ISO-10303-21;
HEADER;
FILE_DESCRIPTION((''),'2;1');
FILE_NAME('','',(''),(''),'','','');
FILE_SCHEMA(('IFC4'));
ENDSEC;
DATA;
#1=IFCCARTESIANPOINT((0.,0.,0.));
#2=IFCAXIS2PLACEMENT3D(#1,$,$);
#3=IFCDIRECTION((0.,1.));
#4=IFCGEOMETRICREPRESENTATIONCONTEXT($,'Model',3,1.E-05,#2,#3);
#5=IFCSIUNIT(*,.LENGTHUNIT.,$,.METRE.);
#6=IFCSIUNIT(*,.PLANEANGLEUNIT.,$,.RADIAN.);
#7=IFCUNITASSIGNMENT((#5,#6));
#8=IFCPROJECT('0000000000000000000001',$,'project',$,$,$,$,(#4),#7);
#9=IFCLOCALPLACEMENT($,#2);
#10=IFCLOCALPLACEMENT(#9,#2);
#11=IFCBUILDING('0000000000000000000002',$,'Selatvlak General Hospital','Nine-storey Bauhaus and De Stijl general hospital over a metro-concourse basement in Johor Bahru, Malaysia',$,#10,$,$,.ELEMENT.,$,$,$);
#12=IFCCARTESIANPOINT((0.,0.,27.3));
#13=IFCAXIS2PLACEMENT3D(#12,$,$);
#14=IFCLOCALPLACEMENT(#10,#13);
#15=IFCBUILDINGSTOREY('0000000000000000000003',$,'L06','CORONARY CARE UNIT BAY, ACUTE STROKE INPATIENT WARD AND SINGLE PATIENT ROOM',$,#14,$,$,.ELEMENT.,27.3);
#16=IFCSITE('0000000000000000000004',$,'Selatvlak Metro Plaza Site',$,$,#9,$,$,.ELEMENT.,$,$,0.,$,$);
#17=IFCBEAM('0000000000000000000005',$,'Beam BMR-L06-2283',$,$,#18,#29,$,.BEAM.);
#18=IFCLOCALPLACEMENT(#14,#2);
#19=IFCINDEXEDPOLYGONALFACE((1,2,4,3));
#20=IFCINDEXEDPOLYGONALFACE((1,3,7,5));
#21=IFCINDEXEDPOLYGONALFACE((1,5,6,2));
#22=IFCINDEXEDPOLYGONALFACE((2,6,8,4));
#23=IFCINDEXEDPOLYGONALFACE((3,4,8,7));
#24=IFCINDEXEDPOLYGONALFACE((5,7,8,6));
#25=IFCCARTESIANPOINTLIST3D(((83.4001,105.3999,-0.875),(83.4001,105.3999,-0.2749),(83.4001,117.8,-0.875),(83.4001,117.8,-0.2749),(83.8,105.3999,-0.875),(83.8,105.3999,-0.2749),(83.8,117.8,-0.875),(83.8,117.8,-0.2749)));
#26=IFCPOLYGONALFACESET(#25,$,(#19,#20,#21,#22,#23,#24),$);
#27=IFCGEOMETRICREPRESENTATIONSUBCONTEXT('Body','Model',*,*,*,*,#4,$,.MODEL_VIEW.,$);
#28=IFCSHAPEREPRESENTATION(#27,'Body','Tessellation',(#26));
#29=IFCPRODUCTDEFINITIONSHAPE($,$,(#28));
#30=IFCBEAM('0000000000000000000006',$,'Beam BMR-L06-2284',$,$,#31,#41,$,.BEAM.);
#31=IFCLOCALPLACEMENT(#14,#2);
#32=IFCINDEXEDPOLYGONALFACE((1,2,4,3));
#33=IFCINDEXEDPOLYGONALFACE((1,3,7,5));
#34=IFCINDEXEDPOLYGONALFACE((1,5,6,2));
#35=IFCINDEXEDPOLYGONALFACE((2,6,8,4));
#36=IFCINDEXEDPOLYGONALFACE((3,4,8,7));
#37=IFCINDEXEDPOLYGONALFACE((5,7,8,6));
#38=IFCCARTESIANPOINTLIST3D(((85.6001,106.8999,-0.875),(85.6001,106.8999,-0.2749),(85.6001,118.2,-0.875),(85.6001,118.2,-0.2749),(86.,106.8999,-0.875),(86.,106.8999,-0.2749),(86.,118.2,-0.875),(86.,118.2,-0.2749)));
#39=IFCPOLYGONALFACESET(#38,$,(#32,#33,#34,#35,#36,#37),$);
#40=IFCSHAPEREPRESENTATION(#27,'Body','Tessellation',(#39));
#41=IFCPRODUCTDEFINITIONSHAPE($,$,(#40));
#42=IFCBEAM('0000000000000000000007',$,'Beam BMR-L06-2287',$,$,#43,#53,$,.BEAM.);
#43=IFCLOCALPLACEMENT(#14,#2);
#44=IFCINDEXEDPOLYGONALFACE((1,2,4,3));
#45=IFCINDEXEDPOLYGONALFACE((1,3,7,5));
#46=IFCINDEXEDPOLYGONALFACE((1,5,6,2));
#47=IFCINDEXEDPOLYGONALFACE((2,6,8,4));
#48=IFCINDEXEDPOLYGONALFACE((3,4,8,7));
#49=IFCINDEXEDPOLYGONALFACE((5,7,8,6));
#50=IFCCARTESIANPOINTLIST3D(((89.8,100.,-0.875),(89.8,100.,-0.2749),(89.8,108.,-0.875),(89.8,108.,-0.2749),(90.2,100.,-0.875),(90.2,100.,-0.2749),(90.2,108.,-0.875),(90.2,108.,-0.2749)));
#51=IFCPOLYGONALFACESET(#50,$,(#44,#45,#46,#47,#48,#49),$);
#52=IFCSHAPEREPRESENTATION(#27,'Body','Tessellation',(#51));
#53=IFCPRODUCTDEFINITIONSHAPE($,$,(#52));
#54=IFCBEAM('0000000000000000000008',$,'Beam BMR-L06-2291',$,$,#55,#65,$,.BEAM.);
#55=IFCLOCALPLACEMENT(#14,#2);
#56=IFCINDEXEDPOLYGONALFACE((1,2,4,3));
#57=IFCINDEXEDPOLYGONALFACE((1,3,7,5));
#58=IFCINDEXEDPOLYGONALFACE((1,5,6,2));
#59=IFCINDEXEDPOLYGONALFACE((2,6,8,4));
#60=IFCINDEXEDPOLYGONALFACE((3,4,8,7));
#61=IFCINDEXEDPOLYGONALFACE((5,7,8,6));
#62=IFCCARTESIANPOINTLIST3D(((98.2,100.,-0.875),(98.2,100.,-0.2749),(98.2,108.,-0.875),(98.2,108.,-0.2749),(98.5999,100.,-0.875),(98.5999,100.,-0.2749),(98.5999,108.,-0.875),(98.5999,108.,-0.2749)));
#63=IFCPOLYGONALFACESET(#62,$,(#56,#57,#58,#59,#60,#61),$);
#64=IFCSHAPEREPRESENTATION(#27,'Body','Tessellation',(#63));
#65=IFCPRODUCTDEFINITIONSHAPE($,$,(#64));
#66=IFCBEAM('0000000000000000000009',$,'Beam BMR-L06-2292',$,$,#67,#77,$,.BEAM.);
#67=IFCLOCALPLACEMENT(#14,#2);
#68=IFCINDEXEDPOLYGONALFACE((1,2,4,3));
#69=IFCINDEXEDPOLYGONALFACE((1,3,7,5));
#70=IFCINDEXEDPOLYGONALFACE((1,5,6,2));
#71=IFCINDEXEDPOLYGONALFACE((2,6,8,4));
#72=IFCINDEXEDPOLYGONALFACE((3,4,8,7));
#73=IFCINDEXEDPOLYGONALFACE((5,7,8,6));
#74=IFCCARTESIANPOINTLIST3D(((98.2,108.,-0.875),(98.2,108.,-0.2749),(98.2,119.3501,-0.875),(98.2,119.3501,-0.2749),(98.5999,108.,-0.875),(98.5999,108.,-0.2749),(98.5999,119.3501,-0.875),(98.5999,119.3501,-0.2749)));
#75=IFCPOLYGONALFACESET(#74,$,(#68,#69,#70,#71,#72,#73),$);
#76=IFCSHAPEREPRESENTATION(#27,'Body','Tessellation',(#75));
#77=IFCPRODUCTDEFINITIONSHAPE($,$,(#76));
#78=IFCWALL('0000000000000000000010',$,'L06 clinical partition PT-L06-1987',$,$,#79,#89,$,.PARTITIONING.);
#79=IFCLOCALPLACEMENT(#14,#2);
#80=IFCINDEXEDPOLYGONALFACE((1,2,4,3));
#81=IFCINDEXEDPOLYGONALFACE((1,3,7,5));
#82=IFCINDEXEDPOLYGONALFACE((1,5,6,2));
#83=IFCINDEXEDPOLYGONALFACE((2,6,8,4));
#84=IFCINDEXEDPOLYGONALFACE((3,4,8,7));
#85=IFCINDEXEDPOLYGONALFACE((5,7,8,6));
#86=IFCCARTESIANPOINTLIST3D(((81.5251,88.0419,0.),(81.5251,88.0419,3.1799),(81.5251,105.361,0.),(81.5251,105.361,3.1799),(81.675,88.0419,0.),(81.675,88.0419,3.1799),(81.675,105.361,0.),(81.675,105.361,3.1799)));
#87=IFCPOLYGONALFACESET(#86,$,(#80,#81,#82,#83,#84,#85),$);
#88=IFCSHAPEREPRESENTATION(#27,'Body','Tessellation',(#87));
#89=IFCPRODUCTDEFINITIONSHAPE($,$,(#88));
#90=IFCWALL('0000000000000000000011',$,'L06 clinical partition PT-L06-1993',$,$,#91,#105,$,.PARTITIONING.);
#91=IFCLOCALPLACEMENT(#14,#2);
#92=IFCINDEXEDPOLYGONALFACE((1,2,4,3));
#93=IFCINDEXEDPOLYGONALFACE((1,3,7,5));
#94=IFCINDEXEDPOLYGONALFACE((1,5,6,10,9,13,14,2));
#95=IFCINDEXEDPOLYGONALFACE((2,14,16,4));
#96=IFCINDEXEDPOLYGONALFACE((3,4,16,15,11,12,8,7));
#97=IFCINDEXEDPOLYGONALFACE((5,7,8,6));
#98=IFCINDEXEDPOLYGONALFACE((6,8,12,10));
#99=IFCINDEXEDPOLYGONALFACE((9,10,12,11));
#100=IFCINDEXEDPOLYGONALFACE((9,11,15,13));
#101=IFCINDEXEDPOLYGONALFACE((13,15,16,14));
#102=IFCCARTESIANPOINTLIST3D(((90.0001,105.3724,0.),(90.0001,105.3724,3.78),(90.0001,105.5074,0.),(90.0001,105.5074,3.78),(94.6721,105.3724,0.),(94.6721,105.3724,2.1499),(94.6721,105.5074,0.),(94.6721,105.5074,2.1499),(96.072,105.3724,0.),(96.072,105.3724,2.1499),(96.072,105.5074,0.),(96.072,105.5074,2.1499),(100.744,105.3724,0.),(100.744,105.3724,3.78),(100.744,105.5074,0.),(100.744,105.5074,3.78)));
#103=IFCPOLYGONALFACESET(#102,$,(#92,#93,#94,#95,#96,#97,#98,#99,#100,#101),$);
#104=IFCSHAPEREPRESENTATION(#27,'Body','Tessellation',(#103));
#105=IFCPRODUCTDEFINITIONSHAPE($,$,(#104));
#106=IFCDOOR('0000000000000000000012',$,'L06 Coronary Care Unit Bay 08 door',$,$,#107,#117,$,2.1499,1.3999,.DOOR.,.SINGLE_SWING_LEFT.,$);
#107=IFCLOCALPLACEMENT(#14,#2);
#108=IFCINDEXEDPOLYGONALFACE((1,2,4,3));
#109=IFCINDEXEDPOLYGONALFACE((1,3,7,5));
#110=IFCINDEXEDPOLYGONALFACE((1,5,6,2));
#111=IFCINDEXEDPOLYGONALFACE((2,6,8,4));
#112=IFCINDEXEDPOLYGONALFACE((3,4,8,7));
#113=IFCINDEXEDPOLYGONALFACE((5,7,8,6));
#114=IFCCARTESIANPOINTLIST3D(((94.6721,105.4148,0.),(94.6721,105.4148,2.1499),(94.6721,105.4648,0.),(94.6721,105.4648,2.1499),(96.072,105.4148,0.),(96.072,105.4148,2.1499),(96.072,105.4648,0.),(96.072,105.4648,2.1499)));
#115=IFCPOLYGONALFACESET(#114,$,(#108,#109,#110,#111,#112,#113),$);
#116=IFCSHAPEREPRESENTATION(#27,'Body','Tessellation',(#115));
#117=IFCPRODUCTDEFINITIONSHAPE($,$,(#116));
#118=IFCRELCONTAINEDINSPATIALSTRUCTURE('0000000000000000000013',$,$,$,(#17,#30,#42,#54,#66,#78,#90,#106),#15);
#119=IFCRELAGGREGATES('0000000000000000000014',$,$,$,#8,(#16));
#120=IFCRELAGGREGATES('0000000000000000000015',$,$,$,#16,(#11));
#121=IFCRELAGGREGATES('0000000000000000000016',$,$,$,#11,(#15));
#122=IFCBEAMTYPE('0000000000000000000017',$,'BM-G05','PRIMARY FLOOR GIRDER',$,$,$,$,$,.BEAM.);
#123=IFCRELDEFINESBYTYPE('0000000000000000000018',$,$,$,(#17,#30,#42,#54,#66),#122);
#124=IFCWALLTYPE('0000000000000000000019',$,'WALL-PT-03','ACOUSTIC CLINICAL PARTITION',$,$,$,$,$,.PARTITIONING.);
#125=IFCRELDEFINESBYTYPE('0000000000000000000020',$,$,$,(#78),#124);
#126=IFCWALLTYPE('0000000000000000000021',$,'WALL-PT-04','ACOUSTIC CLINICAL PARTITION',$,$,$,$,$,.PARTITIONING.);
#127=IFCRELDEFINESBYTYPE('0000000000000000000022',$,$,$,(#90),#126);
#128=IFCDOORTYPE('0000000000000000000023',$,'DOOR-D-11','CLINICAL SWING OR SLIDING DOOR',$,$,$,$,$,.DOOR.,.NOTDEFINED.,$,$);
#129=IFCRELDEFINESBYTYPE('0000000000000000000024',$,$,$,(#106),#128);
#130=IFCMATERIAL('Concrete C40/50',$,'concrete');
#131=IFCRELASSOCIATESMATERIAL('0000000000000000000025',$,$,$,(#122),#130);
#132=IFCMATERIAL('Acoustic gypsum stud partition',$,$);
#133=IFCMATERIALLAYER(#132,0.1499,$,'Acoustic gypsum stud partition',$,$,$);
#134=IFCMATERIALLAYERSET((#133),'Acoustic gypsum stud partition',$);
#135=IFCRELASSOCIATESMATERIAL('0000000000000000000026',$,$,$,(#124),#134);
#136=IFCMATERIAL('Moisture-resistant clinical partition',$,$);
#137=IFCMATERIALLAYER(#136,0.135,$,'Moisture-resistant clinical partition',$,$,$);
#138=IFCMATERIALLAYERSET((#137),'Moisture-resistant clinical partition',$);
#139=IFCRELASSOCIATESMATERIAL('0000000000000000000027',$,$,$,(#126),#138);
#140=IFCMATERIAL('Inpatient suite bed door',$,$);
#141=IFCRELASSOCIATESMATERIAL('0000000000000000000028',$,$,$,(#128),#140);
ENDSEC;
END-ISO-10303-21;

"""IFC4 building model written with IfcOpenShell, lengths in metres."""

from ifc_helpers import new_model, si_unit, direction, frame, frame_2d, origin, origin_2d, place, context, subcontext, project, spatial, rectangle, extrude, material, layer, layer_set, material_profile, profile_set, type_object, element, fill, save


model = new_model("IFC4")

# Units and contexts
model_context = context("Model", 3, precision=1e-05, world=origin(), true_north=direction((0.0, 1.0)))
body_context = subcontext(model_context, "Body", "Model", "MODEL_VIEW")
ifc_project = project(units=[si_unit("LENGTHUNIT", "METRE"), si_unit("PLANEANGLEUNIT", "RADIAN")], contexts=[model_context])

# Site, building, storey
site_placement = place(None, origin())
site = spatial("IfcSite", under=ifc_project, at=site_placement, Name="Selatvlak Metro Plaza Site", CompositionType="ELEMENT", RefElevation=0.0)
building_placement = place(site_placement, origin())
building = spatial("IfcBuilding", under=site, at=building_placement, Name="Selatvlak General Hospital", Description="Nine-storey Bauhaus and De Stijl general hospital over a metro-concourse basement in Johor Bahru, Malaysia", CompositionType="ELEMENT")
storey_placement = place(building_placement, frame((0.0, 0.0, 27.3)))
storey = spatial("IfcBuildingStorey", under=building, at=storey_placement, Name="L06", Description="CORONARY CARE UNIT BAY, ACUTE STROKE INPATIENT WARD AND SINGLE PATIENT ROOM", CompositionType="ELEMENT", Elevation=27.3)

# Shared definitions
ifc_material_1 = material(Name="Concrete C40/50", Category="concrete")

# Beams
ifc_material_profile_1 = material_profile(ifc_material_1, rectangle(XDim=0.3999, YDim=0.6001, at=origin_2d()), Name="RC-BM 400x600")
ifc_profile_set_1 = profile_set([ifc_material_profile_1], Name="Concrete C40/50")
beam_type_1 = type_object("IfcBeamType", Name="BM-G05", Description="PRIMARY FLOOR GIRDER", PredefinedType="BEAM", material=ifc_profile_set_1)
beam_1_placement = place(storey_placement, frame((83.6001, 105.3999, -0.575), z_axis=(0.0, 1.0, 0.0), x_axis=(-1.0, 0.0, 0.0)))
element("IfcBeam", 1, at=beam_1_placement, inside=storey, type_object=beam_type_1, Name="Beam BMR-L06-2283", PredefinedType="BEAM", context=body_context, shape_type="SweptSolid", body=[
    extrude(rectangle(XDim=0.3999, YDim=0.6001, at=origin_2d()), origin(), (0.0, 0.0, 1.0), 12.4001),
])
beam_2_placement = place(storey_placement, frame((85.8, 106.8999, -0.575), z_axis=(0.0, 1.0, 0.0), x_axis=(-1.0, 0.0, 0.0)))
element("IfcBeam", 2, at=beam_2_placement, inside=storey, type_object=beam_type_1, Name="Beam BMR-L06-2284", PredefinedType="BEAM", context=body_context, shape_type="SweptSolid", body=[
    extrude(rectangle(XDim=0.3999, YDim=0.6001, at=origin_2d()), origin(), (0.0, 0.0, 1.0), 11.3),
])
for number, where, z_axis, x_axis, name in (
    (3, (90.0, 100.0, -0.575), (0.0, 1.0, 0.0), (-1.0, 0.0, 0.0), "Beam BMR-L06-2287"),
    (4, (98.3999, 100.0, -0.575), (0.0, 1.0, 0.0), (-1.0, 0.0, 0.0), "Beam BMR-L06-2291"),
):
    element("IfcBeam", number, at=place(storey_placement, frame(where, z_axis=z_axis, x_axis=x_axis)), inside=storey, type_object=beam_type_1, Name=name, PredefinedType="BEAM", context=body_context, shape_type="SweptSolid", body=[
        extrude(rectangle(XDim=0.3999, YDim=0.6001, at=origin_2d()), origin(), (0.0, 0.0, 1.0), 8.0),
    ])
beam_3_placement = place(storey_placement, frame((98.3999, 108.0, -0.575), z_axis=(0.0, 1.0, 0.0), x_axis=(-1.0, 0.0, 0.0)))
element("IfcBeam", 5, at=beam_3_placement, inside=storey, type_object=beam_type_1, Name="Beam BMR-L06-2292", PredefinedType="BEAM", context=body_context, shape_type="SweptSolid", body=[
    extrude(rectangle(XDim=0.3999, YDim=0.6001, at=origin_2d()), origin(), (0.0, 0.0, 1.0), 11.3501),
])

# Wall
ifc_material_2 = material(Name="Acoustic gypsum stud partition")
ifc_layer_1 = layer(ifc_material_2, 0.1499, Name="Acoustic gypsum stud partition")
ifc_layer_set_1 = layer_set([ifc_layer_1], Name="Acoustic gypsum stud partition")
wall_type_1 = type_object("IfcWallType", Name="WALL-PT-03", Description="ACOUSTIC CLINICAL PARTITION", PredefinedType="PARTITIONING", material=ifc_layer_set_1)
wall_1_placement = place(storey_placement, frame((81.6001, 105.3611, 0.0), z_axis=(0.0, 0.0, 1.0), x_axis=(0.0, -1.0, 0.0)))
element("IfcWall", 6, at=wall_1_placement, inside=storey, type_object=wall_type_1, Name="L06 clinical partition PT-L06-1987", PredefinedType="PARTITIONING", context=body_context, shape_type="SweptSolid", body=[
    extrude(rectangle(XDim=17.3191, YDim=0.1499, at=frame_2d((8.6597, 0.0))), origin(), (0.0, 0.0, 1.0), 3.1799),
])

# Wall, opening, door
ifc_material_3 = material(Name="Moisture-resistant clinical partition")
ifc_layer_2 = layer(ifc_material_3, 0.135, Name="Moisture-resistant clinical partition")
ifc_layer_set_2 = layer_set([ifc_layer_2], Name="Moisture-resistant clinical partition")
wall_type_2 = type_object("IfcWallType", Name="WALL-PT-04", Description="ACOUSTIC CLINICAL PARTITION", PredefinedType="PARTITIONING", material=ifc_layer_set_2)
wall_2_placement = place(storey_placement, frame((90.0, 105.4399, 0.0), z_axis=(0.0, 0.0, 1.0), x_axis=(1.0, 0.0, 0.0)))
wall_2 = element("IfcWall", 7, at=wall_2_placement, inside=storey, type_object=wall_type_2, Name="L06 clinical partition PT-L06-1993", PredefinedType="PARTITIONING", context=body_context, shape_type="SweptSolid", body=[
    extrude(rectangle(XDim=10.7439, YDim=0.135, at=frame_2d((5.3721, 0.0))), origin(), (0.0, 0.0, 1.0), 3.78),
])
opening_placement = place(wall_2_placement, frame((4.6721, 0.0, 0.0)))
opening = element("IfcOpeningElement", 8, at=opening_placement, cuts=wall_2, PredefinedType="OPENING", context=body_context, shape_type="SweptSolid", body=[
    extrude(rectangle(XDim=1.3999, YDim=2.1499, at=frame_2d((0.7, 1.075))), frame((0.0, 0.0774, 0.0), z_axis=(0.0, -1.0, 0.0), x_axis=(1.0, 0.0, 0.0)), (0.0, 0.0, 1.0), 0.155),
])
ifc_material_4 = material(Name="Inpatient suite bed door")
door_type = type_object("IfcDoorType", Name="DOOR-D-11", Description="CLINICAL SWING OR SLIDING DOOR", OperationType="NOTDEFINED", PredefinedType="DOOR", material=ifc_material_4)
door_placement = place(opening_placement, origin())
door = element("IfcDoor", 9, at=door_placement, inside=storey, type_object=door_type, Name="L06 Coronary Care Unit Bay 08 door", OperationType="SINGLE_SWING_LEFT", OverallHeight=2.1499, OverallWidth=1.3999, PredefinedType="DOOR", context=body_context, shape_type="SweptSolid", body=[
    extrude(rectangle(XDim=1.3999, YDim=2.1499, at=frame_2d((0.7, 1.075))), frame((0.0, 0.0249, 0.0), z_axis=(0.0, -1.0, 0.0), x_axis=(1.0, 0.0, 0.0)), (0.0, 0.0, 1.0), 0.05),
])
fill(opening, door)

save(model, "model.ifc")
